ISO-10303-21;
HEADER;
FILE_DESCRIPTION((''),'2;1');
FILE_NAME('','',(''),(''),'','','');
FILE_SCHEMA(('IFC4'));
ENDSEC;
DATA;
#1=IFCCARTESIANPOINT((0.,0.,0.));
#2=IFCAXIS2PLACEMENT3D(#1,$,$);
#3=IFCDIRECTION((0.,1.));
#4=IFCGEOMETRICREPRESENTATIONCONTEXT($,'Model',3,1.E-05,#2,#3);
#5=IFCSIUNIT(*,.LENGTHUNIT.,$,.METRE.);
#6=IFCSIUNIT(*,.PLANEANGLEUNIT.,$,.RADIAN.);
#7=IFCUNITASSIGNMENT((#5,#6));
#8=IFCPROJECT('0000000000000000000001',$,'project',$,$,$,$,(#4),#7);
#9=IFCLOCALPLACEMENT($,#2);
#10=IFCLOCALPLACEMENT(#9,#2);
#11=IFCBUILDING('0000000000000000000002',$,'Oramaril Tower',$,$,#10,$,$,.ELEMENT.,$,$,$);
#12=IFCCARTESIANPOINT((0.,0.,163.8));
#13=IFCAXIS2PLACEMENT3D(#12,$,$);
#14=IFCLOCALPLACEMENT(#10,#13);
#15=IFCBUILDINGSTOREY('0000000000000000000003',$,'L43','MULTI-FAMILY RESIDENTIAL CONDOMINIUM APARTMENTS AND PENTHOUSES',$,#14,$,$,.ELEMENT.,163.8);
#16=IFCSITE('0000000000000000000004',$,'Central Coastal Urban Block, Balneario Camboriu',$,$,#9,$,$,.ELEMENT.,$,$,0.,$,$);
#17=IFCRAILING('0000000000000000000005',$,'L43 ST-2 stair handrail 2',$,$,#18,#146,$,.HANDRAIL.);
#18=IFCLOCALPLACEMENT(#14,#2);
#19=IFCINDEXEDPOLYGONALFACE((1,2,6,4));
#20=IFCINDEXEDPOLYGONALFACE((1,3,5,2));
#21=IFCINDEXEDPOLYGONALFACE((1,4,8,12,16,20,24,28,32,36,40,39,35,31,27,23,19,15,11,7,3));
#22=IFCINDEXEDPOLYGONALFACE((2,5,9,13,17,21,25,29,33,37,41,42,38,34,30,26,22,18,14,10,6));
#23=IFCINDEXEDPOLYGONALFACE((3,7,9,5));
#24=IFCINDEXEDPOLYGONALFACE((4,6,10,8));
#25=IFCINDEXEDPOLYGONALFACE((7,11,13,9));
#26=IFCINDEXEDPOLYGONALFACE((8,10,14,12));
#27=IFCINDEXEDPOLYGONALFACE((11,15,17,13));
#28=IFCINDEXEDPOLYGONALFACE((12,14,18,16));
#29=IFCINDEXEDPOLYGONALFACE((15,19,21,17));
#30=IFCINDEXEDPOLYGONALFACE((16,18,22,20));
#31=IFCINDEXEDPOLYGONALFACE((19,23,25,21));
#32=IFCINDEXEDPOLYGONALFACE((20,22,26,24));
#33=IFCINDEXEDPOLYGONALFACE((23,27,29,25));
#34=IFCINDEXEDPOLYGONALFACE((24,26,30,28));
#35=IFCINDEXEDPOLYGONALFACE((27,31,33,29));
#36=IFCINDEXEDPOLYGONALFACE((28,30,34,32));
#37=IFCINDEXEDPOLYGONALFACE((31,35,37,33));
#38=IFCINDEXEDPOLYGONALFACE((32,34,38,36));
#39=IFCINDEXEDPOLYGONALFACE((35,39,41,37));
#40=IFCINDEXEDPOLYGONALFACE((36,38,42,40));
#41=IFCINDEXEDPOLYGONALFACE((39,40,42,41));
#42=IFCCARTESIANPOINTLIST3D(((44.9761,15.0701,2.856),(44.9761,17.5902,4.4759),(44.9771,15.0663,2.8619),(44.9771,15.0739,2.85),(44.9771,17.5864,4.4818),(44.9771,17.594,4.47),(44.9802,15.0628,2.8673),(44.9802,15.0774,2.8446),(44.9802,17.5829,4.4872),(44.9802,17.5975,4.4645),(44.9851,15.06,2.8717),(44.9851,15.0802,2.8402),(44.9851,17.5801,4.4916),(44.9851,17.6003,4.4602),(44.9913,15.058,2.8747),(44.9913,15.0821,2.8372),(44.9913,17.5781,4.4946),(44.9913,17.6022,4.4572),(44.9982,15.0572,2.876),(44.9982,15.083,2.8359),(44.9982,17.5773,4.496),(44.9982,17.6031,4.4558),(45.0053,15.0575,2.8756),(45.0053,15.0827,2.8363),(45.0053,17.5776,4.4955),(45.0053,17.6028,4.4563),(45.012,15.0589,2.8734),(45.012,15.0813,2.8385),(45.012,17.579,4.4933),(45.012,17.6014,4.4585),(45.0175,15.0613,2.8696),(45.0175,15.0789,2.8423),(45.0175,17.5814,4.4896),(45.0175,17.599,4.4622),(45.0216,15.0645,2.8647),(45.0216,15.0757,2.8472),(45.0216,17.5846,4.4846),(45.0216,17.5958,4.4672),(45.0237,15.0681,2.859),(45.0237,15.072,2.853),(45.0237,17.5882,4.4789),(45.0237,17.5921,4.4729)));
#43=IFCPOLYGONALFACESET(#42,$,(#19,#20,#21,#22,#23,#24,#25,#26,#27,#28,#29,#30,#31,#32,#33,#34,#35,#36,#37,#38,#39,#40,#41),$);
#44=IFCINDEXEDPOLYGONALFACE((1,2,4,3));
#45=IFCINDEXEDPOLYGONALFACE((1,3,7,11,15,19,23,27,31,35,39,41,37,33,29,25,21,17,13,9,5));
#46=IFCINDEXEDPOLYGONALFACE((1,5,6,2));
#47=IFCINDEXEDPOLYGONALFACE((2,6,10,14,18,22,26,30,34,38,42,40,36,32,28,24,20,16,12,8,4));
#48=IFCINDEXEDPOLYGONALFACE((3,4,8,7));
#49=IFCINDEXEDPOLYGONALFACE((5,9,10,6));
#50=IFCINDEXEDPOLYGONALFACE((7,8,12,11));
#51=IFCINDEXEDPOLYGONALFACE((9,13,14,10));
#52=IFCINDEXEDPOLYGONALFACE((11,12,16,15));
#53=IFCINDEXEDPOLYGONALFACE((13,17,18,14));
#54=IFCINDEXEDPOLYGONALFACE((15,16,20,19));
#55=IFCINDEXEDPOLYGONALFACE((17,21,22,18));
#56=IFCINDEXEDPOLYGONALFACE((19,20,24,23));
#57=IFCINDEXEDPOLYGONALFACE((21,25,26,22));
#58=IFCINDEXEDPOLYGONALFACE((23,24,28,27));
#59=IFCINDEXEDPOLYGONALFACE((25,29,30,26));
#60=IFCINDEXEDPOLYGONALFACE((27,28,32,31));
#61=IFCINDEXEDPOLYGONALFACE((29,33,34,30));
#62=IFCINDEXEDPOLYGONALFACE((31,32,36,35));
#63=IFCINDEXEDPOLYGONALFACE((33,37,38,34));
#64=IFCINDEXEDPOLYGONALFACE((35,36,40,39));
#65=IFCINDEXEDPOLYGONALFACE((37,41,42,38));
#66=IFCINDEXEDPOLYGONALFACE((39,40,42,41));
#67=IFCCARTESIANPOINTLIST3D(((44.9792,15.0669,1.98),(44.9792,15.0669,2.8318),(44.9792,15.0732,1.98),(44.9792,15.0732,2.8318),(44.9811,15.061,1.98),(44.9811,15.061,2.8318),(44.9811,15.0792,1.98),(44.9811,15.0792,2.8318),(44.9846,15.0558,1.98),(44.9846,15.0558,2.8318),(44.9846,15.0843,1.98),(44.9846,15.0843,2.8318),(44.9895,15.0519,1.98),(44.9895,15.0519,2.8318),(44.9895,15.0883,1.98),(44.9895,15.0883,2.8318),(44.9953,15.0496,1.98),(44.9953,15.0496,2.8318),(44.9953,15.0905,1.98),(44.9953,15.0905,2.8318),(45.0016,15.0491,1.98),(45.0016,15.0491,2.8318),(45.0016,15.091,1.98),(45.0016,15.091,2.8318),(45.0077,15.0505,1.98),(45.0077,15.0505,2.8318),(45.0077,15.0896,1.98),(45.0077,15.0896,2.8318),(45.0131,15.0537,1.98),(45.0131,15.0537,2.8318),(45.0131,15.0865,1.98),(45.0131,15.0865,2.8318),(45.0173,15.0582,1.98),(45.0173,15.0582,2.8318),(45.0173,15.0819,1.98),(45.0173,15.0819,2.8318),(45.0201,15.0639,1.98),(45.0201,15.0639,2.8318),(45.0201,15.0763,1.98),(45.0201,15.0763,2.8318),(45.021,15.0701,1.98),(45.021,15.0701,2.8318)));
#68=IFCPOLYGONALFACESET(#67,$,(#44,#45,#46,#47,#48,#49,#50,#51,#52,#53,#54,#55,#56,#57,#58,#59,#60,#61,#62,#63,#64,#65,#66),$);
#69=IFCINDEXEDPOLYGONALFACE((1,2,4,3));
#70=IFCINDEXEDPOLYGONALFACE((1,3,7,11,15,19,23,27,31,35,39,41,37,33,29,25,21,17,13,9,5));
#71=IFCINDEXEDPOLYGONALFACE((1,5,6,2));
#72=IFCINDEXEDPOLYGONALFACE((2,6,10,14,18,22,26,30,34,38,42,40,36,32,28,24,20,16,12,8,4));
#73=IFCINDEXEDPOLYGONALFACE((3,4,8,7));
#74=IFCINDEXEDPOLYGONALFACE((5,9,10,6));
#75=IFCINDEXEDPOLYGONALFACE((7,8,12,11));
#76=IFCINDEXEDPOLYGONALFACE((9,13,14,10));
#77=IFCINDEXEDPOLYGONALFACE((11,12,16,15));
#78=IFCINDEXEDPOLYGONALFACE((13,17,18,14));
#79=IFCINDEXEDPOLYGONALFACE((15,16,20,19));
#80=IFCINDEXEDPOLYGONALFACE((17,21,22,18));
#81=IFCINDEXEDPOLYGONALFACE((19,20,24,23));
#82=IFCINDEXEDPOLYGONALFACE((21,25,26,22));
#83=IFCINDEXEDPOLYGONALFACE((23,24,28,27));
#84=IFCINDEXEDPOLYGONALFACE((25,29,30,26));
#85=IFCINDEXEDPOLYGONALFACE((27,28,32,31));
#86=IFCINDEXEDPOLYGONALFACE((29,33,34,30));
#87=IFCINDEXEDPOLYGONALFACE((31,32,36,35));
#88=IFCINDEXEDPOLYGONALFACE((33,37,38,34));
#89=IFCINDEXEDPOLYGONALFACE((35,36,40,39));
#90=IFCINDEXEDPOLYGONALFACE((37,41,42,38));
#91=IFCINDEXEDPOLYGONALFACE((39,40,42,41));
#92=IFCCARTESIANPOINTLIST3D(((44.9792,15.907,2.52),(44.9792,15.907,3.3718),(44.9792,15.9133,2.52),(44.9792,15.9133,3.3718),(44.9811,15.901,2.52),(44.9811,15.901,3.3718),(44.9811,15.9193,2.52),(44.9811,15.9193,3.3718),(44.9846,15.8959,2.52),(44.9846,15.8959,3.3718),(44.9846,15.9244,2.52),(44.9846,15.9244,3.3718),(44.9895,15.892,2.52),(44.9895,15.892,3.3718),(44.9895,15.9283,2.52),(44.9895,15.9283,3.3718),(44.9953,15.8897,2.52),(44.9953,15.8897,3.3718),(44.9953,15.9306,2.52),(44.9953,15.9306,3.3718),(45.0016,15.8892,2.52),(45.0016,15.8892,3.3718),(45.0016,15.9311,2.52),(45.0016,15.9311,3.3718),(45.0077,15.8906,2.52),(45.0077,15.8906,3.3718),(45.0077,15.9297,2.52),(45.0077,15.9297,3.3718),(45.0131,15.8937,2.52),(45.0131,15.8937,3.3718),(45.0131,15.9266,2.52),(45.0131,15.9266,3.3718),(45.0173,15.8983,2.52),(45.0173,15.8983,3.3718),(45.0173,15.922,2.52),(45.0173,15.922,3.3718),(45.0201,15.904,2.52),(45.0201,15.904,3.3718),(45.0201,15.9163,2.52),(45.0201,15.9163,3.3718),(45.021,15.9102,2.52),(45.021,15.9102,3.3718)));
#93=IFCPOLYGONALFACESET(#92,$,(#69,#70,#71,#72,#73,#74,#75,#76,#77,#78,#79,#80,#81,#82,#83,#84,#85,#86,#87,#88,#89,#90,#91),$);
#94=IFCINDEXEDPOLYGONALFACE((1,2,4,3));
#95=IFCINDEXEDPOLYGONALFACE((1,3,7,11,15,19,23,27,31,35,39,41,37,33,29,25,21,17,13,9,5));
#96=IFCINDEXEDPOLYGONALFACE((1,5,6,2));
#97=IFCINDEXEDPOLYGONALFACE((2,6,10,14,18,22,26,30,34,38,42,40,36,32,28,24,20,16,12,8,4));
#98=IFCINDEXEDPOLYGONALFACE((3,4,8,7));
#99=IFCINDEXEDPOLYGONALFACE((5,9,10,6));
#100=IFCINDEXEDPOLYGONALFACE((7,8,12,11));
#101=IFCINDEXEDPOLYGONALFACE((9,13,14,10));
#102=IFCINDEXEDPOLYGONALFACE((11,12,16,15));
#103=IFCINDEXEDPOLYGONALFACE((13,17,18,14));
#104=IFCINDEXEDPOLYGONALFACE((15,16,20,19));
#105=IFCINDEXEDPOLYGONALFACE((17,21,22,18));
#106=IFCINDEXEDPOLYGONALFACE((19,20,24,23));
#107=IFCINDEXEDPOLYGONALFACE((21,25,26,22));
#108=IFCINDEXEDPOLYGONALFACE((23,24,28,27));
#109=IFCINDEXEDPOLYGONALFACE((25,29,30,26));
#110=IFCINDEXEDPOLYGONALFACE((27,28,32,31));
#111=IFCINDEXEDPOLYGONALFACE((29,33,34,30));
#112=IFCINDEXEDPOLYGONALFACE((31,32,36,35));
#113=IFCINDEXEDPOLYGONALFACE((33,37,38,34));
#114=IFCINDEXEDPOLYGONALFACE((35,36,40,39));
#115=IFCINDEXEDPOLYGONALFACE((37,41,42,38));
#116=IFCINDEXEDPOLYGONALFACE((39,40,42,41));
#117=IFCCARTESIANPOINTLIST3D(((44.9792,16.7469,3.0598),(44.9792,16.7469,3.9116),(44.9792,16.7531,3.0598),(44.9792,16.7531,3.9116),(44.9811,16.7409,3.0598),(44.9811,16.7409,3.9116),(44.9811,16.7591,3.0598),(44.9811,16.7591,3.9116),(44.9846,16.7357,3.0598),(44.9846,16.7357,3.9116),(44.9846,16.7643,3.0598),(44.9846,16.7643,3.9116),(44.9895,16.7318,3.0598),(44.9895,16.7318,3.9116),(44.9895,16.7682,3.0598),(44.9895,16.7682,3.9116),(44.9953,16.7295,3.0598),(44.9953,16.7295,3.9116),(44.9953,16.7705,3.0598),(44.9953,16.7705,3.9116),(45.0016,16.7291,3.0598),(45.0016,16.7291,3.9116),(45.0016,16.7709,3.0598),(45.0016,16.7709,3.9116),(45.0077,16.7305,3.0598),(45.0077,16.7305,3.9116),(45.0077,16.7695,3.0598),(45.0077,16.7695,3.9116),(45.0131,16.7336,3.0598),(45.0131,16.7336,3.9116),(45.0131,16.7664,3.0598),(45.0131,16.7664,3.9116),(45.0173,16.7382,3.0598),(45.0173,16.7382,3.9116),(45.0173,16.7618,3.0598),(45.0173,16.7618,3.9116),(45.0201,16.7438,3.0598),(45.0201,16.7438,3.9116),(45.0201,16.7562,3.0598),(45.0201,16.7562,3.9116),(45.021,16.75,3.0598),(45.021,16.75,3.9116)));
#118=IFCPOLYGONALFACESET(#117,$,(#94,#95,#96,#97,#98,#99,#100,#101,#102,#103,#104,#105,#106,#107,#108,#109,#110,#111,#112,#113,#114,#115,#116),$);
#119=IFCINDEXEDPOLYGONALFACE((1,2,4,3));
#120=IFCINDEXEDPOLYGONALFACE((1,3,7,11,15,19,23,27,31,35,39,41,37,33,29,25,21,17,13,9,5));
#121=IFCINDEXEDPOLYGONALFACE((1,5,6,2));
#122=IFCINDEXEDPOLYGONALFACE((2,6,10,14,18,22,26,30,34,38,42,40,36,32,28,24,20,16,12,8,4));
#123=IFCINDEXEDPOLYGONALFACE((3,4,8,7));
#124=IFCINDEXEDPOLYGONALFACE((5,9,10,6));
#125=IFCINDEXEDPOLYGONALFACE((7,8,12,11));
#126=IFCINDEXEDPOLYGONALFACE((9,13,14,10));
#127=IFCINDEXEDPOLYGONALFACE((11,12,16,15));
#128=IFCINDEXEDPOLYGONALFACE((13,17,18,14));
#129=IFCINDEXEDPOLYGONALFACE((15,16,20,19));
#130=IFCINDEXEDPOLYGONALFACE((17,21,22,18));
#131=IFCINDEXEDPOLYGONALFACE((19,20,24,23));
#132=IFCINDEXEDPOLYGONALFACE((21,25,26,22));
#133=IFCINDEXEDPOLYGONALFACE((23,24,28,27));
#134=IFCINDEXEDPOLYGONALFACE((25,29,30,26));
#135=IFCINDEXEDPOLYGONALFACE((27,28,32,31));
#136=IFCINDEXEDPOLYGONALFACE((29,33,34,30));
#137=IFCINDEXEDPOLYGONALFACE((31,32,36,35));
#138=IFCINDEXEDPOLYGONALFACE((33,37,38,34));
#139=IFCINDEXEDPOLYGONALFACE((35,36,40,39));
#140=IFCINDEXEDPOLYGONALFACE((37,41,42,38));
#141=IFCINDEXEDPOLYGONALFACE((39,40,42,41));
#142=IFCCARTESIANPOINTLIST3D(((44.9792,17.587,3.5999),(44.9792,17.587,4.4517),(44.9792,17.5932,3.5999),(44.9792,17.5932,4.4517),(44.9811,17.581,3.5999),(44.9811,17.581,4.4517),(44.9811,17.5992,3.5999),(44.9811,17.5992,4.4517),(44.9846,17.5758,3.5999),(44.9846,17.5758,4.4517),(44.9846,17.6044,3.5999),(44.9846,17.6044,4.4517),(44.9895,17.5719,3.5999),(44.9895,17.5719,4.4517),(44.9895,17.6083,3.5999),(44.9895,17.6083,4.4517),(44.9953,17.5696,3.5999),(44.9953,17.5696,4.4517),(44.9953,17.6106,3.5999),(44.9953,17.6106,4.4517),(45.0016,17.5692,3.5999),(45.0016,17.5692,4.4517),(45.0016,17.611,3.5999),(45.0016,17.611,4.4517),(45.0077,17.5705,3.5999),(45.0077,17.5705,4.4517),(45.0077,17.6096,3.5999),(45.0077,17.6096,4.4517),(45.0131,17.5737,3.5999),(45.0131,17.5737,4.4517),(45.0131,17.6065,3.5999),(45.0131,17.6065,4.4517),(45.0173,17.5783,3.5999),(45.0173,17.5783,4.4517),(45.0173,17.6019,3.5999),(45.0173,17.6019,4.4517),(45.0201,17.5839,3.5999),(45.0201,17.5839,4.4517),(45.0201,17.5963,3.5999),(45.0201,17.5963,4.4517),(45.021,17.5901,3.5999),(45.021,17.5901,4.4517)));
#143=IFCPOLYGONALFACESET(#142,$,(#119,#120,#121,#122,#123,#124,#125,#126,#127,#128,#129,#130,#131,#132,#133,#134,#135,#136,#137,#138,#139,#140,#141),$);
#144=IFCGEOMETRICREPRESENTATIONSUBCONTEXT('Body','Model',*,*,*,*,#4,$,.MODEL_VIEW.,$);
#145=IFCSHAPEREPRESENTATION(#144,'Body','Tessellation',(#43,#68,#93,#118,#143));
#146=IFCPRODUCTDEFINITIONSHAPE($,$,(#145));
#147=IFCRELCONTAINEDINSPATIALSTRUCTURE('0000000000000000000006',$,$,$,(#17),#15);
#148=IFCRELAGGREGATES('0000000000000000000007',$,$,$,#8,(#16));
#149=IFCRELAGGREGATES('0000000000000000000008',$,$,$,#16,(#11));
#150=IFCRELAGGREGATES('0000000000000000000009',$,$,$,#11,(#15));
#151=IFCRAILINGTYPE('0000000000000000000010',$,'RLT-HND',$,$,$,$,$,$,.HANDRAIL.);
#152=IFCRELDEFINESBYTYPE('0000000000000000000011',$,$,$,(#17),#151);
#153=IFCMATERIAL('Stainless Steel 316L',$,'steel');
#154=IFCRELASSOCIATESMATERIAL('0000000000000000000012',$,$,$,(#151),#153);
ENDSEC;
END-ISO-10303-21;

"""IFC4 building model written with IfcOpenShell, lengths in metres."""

from ifc_helpers import new_model, si_unit, direction, frame, origin, origin_2d, place, context, subcontext, project, spatial, circle, extrude, material, type_object, element, save


model = new_model("IFC4")

# Units and contexts
model_context = context("Model", 3, precision=1e-05, world=origin(), true_north=direction((0.0, 1.0)))
body_context = subcontext(model_context, "Body", "Model", "MODEL_VIEW")
ifc_project = project(units=[si_unit("LENGTHUNIT", "METRE"), si_unit("PLANEANGLEUNIT", "RADIAN")], contexts=[model_context])

# Site, building, storey
site_placement = place(None, origin())
site = spatial("IfcSite", under=ifc_project, at=site_placement, Name="Central Coastal Urban Block, Balneario Camboriu", CompositionType="ELEMENT", RefElevation=0.0)
building_placement = place(site_placement, origin())
building = spatial("IfcBuilding", under=site, at=building_placement, Name="Oramaril Tower", CompositionType="ELEMENT")
storey_placement = place(building_placement, frame((0.0, 0.0, 163.8)))
storey = spatial("IfcBuildingStorey", under=building, at=storey_placement, Name="L43", Description="MULTI-FAMILY RESIDENTIAL CONDOMINIUM APARTMENTS AND PENTHOUSES", CompositionType="ELEMENT", Elevation=163.8)

# Railing
ifc_material_1 = material(Name="Stainless Steel 316L", Category="steel")
railing_type_1 = type_object("IfcRailingType", Name="RLT-HND", PredefinedType="HANDRAIL", material=ifc_material_1)
for number, where, name in (
    (1, (45.0, 15.0701, 1.98), "L43 ST-2 stair handrail 2"),
):
    element("IfcRailing", number, at=place(storey_placement, frame(where)), inside=storey, type_object=railing_type_1, Name=name, PredefinedType="HANDRAIL", context=body_context, shape_type="SweptSolid", body=[
        extrude(circle(Radius=0.0239, at=origin_2d()), frame((0.0, 0.0, 0.876), z_axis=(0.0, 0.8412, 0.540725), x_axis=(-1.0, 0.0, 0.0)), (0.0, 0.0, 1.0), 2.9958),
        extrude(circle(Radius=0.021, at=origin_2d()), origin(), (0.0, 0.0, 1.0), 0.8518),
        extrude(circle(Radius=0.021, at=origin_2d()), frame((0.0, 0.8401, 0.54)), (0.0, 0.0, 1.0), 0.8518),
        extrude(circle(Radius=0.021, at=origin_2d()), frame((0.0, 1.6799, 1.0798)), (0.0, 0.0, 1.0), 0.8518),
        extrude(circle(Radius=0.021, at=origin_2d()), frame((0.0, 2.52, 1.6199)), (0.0, 0.0, 1.0), 0.8518),
    ])

save(model, "model.ifc")
